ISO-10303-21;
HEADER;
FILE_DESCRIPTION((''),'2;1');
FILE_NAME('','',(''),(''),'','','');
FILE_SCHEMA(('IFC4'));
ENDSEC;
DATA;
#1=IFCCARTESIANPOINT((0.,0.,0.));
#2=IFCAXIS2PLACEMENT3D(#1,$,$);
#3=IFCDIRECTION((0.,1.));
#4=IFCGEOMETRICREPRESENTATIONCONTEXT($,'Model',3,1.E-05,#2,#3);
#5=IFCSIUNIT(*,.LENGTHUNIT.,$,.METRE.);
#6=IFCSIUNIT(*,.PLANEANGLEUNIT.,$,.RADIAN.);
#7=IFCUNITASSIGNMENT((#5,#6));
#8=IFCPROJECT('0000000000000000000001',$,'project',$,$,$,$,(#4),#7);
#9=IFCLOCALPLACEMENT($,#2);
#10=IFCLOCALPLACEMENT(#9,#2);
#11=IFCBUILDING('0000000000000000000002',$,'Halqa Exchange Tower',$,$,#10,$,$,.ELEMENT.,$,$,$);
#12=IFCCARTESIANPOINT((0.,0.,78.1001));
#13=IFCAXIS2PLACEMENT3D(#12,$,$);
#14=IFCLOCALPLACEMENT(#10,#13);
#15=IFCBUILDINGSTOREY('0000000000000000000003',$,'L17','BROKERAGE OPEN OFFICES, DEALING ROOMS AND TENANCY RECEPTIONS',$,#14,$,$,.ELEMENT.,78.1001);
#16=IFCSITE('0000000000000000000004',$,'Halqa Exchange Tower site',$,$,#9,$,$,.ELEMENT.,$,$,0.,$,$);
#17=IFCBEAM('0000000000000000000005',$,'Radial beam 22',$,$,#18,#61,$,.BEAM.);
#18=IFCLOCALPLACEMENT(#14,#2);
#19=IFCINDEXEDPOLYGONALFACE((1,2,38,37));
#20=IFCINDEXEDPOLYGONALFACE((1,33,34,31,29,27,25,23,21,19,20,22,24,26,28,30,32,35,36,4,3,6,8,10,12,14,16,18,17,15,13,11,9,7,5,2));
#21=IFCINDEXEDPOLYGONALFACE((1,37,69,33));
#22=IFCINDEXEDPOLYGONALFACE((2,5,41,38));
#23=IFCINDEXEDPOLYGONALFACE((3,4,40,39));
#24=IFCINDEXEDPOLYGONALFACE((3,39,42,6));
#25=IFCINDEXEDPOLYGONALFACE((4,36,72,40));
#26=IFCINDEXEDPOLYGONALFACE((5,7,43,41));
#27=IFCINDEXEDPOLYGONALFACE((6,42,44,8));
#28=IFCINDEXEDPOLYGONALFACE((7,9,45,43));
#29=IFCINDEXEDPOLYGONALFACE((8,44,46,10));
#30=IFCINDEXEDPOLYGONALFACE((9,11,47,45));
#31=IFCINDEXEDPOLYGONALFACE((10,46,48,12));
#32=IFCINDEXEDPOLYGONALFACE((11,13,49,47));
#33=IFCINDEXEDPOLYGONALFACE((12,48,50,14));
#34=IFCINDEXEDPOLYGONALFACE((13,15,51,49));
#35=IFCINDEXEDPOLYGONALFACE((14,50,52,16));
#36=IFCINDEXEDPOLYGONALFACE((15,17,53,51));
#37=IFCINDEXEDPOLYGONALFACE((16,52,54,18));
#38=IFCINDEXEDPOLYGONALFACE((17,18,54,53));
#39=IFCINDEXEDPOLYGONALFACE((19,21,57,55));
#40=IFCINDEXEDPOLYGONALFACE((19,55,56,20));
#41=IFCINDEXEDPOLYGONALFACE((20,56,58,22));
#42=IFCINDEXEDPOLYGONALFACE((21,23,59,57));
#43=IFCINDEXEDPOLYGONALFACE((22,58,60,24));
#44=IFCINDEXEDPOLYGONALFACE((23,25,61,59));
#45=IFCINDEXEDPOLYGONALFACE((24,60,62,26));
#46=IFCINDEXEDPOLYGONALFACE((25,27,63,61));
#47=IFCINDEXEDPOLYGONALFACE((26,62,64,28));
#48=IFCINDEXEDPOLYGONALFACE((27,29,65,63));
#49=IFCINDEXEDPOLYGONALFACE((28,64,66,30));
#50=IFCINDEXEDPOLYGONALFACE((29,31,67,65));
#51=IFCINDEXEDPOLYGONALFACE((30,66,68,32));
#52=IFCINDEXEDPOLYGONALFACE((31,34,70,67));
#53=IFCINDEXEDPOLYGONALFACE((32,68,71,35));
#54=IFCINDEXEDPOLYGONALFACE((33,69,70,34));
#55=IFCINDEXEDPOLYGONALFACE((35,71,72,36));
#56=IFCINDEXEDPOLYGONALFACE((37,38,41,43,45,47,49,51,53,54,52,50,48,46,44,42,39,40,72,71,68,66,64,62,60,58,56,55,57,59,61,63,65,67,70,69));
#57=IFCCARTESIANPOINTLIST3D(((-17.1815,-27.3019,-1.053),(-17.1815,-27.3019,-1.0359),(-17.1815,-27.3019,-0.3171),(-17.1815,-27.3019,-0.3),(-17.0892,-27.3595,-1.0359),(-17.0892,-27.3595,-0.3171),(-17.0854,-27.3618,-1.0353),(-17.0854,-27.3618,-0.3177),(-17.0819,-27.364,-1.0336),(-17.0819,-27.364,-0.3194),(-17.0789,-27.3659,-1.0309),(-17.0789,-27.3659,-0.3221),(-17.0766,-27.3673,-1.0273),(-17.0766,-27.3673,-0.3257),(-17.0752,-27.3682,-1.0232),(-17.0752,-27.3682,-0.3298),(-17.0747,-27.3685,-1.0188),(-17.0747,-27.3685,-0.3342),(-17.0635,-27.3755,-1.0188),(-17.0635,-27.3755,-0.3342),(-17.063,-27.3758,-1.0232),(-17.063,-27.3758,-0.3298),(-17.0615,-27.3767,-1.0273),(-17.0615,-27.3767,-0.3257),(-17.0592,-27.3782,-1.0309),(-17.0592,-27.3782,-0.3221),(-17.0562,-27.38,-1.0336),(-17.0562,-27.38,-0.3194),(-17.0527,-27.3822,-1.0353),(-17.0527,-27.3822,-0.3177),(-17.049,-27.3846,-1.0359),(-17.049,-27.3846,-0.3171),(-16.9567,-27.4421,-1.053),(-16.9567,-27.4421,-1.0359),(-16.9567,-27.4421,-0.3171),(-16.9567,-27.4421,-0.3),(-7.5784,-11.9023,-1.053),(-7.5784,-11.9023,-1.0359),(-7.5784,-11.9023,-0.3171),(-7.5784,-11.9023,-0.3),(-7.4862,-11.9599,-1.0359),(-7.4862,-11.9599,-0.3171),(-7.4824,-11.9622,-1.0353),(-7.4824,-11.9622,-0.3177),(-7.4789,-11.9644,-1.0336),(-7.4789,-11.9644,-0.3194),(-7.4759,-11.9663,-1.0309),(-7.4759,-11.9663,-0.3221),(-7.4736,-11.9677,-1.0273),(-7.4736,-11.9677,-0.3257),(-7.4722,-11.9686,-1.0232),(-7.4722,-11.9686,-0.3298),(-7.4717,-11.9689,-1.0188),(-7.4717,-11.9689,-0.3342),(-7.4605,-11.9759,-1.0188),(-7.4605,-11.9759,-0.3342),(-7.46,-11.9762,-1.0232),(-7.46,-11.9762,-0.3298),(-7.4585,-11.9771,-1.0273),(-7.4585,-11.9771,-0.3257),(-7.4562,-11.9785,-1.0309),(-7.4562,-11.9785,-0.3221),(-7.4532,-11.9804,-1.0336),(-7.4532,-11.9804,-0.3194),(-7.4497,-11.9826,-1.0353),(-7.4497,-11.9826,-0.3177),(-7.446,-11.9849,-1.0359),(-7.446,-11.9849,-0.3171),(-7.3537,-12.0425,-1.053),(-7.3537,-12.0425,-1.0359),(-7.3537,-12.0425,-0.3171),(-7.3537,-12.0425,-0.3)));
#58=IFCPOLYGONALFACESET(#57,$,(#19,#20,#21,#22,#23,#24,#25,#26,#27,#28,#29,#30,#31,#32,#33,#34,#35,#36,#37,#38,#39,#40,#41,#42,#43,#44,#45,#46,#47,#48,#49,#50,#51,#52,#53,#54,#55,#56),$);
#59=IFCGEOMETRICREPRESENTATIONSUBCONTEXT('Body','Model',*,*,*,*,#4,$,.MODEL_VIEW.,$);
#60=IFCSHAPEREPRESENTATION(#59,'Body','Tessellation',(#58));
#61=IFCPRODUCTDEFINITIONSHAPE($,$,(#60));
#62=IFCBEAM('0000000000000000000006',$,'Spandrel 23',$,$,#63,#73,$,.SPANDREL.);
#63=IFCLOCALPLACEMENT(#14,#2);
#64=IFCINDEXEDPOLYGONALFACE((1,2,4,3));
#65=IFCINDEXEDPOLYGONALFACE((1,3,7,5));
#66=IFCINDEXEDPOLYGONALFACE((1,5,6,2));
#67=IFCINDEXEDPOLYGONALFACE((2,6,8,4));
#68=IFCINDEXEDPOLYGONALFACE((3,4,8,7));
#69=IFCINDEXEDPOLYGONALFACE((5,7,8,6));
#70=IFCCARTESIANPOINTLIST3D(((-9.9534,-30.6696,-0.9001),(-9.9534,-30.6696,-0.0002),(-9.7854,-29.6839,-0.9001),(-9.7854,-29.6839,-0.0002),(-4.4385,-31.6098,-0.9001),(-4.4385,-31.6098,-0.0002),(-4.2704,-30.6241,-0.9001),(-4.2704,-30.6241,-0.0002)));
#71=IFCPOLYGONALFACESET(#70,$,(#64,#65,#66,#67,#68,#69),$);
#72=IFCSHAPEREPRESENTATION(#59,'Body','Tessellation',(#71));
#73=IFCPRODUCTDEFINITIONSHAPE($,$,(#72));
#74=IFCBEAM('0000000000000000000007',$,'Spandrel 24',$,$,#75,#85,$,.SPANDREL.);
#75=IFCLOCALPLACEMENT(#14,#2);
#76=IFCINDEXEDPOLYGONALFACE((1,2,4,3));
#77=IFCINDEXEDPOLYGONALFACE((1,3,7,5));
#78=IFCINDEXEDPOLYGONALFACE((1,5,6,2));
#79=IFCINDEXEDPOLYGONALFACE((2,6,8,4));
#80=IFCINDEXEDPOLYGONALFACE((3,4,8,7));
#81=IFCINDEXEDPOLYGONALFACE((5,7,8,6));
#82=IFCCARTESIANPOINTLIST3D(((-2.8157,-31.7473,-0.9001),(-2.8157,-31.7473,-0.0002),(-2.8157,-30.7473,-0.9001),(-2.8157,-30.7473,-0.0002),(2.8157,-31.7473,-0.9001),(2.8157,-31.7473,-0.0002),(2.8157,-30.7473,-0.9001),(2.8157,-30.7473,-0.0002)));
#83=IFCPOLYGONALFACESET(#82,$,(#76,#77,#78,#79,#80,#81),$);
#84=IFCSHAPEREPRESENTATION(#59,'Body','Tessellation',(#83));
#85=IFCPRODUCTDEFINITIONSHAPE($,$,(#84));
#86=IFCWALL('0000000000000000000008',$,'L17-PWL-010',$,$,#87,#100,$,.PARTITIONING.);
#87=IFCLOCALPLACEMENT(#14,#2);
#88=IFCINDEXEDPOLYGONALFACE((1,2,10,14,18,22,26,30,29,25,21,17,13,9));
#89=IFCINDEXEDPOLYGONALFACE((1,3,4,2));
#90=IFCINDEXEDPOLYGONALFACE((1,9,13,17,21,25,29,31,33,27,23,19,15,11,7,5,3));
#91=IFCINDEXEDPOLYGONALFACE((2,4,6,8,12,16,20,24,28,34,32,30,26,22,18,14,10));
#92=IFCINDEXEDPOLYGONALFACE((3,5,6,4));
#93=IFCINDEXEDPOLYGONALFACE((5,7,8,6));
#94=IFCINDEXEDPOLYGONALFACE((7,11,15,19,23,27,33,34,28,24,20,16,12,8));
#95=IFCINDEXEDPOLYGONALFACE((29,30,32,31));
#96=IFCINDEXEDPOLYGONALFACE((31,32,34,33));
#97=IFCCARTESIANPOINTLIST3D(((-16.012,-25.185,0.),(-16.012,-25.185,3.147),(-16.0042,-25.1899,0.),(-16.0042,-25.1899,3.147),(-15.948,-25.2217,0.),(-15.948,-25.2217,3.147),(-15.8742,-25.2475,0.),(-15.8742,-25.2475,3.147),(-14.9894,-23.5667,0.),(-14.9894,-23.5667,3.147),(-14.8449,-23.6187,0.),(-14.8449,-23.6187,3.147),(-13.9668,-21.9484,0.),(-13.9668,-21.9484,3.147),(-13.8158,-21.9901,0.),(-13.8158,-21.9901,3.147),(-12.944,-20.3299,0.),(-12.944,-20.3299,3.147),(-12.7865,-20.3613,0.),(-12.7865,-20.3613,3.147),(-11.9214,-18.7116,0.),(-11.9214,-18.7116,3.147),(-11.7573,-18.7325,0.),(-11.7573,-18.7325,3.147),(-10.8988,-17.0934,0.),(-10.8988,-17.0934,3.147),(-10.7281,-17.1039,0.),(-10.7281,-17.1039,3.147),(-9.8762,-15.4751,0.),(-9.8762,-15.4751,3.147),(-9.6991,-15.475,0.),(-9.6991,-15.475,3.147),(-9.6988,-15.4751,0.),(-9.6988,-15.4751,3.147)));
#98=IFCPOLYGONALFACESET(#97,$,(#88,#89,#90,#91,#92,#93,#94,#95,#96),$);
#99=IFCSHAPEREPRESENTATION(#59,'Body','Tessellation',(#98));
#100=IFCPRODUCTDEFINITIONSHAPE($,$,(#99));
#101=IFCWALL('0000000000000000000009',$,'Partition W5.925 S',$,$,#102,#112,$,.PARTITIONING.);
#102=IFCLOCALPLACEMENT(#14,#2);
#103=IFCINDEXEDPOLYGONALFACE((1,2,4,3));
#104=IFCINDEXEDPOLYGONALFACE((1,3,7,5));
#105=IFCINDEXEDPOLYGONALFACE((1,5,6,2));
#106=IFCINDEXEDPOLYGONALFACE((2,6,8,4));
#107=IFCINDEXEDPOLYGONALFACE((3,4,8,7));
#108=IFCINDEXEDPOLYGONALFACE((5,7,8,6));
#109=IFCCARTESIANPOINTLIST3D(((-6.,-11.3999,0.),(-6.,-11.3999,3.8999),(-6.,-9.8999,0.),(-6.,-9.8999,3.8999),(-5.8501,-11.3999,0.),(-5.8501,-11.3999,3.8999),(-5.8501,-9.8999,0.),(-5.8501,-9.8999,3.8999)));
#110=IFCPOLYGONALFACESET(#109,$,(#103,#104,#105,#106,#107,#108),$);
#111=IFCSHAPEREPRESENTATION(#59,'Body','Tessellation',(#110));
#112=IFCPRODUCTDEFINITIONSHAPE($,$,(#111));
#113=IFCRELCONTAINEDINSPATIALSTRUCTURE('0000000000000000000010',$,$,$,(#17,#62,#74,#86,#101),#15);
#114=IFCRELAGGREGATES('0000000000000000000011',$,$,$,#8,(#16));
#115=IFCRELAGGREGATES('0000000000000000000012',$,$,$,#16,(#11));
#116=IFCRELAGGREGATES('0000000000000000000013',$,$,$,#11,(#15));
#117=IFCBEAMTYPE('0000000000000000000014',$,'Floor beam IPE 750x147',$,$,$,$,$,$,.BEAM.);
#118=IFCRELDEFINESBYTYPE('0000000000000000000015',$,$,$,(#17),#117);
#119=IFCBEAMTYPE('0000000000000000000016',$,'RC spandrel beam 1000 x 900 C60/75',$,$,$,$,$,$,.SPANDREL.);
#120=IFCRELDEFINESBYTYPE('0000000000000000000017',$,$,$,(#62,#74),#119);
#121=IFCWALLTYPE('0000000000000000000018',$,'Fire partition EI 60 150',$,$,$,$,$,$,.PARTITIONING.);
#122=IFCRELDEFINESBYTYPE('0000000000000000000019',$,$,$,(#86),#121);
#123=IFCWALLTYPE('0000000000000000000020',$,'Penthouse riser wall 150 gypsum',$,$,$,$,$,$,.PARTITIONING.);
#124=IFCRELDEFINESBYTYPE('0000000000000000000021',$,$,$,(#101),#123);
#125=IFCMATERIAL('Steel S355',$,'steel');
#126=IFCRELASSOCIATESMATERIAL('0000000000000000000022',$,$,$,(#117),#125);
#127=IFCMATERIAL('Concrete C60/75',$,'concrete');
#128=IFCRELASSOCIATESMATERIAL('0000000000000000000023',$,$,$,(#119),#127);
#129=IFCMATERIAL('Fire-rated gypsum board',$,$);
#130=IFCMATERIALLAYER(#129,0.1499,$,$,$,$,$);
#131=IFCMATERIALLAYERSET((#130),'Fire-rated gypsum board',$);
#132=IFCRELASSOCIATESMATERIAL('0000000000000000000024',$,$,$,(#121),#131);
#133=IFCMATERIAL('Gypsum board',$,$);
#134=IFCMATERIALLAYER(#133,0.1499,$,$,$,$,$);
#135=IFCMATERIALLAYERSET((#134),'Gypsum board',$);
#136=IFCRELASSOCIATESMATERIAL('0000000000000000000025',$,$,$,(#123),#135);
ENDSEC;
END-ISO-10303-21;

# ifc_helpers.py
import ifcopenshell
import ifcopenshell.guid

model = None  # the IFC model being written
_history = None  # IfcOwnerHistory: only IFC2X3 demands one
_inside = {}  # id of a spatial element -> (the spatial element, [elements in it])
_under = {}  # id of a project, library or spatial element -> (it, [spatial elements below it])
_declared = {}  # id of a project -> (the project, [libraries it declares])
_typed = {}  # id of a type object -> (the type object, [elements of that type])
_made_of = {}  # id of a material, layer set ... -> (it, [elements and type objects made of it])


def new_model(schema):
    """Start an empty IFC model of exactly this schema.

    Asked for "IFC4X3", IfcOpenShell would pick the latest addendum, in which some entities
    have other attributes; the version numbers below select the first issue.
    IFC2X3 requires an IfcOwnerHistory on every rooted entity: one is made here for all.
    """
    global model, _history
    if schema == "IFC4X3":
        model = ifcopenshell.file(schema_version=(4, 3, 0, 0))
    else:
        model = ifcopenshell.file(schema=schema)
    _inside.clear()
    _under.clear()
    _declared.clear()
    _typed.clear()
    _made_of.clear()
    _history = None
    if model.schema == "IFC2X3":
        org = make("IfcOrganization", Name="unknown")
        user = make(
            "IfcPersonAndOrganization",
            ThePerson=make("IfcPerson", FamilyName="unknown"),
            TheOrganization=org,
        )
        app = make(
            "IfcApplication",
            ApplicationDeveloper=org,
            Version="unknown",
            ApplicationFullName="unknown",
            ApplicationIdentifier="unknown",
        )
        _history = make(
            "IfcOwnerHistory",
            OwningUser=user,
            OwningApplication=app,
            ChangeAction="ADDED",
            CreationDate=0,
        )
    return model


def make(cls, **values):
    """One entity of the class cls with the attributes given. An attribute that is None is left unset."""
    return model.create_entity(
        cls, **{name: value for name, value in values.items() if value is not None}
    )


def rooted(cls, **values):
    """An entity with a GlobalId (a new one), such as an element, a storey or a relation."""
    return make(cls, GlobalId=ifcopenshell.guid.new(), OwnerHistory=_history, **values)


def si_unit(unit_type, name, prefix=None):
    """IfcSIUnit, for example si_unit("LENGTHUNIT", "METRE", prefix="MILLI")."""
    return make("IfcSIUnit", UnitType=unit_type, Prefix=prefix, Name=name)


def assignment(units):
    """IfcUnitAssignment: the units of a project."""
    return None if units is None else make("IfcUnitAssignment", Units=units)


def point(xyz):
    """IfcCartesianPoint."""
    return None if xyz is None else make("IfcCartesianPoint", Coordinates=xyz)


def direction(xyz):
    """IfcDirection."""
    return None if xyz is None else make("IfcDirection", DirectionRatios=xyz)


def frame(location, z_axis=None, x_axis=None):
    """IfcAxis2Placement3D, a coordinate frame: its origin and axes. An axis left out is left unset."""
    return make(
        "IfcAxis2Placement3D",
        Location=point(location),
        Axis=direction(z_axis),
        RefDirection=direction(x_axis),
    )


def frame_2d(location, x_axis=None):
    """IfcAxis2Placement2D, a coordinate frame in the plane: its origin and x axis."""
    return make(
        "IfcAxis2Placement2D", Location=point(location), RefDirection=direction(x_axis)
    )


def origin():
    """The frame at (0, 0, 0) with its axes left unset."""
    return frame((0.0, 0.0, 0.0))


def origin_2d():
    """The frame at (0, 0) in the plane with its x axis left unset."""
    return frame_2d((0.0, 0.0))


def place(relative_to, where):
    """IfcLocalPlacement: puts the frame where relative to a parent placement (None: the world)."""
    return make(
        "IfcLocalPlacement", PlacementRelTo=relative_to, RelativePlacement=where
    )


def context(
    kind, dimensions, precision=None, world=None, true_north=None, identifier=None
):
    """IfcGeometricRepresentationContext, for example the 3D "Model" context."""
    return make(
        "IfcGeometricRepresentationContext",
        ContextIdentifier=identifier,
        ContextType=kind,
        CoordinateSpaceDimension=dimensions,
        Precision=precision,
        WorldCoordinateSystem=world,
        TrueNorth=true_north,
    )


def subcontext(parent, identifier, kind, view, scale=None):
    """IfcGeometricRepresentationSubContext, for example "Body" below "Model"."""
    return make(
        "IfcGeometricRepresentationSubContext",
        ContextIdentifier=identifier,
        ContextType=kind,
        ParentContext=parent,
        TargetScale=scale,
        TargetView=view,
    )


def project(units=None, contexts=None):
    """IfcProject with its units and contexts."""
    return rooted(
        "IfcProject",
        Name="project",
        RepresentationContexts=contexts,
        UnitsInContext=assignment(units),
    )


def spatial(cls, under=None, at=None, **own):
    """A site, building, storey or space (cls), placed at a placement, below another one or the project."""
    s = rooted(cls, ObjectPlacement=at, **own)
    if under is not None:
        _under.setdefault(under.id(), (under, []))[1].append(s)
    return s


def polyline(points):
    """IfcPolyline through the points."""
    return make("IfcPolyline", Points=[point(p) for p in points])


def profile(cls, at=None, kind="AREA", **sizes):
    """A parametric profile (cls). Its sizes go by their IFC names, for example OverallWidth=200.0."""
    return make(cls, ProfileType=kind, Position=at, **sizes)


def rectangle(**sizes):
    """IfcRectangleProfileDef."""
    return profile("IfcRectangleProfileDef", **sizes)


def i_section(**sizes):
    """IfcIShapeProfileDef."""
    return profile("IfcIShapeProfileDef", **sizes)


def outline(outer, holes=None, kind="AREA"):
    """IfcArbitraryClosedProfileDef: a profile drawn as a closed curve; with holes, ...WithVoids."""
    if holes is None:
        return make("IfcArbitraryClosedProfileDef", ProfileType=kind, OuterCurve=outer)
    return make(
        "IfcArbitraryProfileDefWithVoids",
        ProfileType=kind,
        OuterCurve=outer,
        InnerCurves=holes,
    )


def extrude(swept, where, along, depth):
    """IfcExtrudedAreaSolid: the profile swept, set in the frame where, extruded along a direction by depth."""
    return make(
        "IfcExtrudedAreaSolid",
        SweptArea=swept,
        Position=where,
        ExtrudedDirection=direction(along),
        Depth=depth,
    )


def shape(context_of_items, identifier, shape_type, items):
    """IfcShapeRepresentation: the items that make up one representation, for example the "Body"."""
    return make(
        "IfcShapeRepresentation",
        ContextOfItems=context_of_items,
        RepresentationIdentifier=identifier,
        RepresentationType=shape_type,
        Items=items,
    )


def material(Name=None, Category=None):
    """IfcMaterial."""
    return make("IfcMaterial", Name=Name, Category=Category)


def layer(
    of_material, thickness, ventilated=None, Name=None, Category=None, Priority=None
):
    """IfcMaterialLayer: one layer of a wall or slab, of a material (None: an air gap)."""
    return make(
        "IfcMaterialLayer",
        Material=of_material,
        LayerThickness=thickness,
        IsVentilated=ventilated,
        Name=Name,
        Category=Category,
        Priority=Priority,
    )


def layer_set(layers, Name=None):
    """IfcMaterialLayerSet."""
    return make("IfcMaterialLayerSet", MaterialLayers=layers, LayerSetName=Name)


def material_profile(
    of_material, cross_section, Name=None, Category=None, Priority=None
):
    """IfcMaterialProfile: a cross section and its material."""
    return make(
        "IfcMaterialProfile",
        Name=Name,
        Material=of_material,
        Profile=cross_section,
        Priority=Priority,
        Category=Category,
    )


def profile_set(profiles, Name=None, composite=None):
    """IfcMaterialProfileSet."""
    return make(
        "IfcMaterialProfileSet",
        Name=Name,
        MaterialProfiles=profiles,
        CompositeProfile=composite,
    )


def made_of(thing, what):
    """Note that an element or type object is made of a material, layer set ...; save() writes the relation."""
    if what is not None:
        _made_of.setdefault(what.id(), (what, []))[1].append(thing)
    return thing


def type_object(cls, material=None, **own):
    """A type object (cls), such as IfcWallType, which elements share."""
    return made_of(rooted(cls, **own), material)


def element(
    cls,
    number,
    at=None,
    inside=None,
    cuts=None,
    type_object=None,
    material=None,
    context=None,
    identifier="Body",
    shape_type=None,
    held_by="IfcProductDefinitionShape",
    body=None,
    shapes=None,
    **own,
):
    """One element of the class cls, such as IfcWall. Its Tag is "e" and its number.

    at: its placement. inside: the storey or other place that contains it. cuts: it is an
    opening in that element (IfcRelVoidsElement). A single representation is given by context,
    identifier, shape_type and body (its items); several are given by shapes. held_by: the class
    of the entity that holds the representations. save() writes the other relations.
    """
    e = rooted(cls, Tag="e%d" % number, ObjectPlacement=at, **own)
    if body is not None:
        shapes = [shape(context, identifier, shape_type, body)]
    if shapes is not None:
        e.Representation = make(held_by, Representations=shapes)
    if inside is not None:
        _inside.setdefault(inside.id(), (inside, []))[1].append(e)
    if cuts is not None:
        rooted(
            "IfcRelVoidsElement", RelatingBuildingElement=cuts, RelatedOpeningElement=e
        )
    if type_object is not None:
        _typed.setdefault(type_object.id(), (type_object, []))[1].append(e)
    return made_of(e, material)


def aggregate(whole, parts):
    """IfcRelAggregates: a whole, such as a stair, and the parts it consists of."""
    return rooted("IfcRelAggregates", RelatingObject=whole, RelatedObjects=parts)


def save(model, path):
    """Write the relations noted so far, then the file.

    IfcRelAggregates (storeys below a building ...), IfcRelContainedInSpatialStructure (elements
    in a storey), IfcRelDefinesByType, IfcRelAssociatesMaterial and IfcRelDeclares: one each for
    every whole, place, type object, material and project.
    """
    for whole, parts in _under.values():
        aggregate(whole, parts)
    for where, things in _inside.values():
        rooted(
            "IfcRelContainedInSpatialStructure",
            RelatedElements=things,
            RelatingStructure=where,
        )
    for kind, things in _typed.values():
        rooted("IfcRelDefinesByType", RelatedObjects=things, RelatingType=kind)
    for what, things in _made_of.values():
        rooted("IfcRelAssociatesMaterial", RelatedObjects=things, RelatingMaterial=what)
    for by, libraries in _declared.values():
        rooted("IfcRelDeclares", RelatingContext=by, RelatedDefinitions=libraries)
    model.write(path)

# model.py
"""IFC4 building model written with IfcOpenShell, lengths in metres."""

from ifc_helpers import new_model, si_unit, direction, frame, frame_2d, origin, origin_2d, place, context, subcontext, project, spatial, polyline, rectangle, i_section, outline, extrude, material, layer, layer_set, material_profile, profile_set, type_object, element, save


model = new_model("IFC4")

# Units and contexts
model_context = context("Model", 3, precision=1e-05, world=origin(), true_north=direction((0.0, 1.0)))
body_context = subcontext(model_context, "Body", "Model", "MODEL_VIEW")
ifc_project = project(units=[si_unit("LENGTHUNIT", "METRE"), si_unit("PLANEANGLEUNIT", "RADIAN")], contexts=[model_context])

# Site, building, storey
site_placement = place(None, origin())
site = spatial("IfcSite", under=ifc_project, at=site_placement, Name="Halqa Exchange Tower site", CompositionType="ELEMENT", RefElevation=0.0)
building_placement = place(site_placement, origin())
building = spatial("IfcBuilding", under=site, at=building_placement, Name="Halqa Exchange Tower", CompositionType="ELEMENT")
storey_placement = place(building_placement, frame((0.0, 0.0, 78.1001)))
storey = spatial("IfcBuildingStorey", under=building, at=storey_placement, Name="L17", Description="BROKERAGE OPEN OFFICES, DEALING ROOMS AND TENANCY RECEPTIONS", CompositionType="ELEMENT", Elevation=78.1001)

# Beams
ifc_material_1 = material(Name="Steel S355", Category="steel")
ifc_material_profile_1 = material_profile(ifc_material_1, i_section(OverallWidth=0.2649, OverallDepth=0.7529, WebThickness=0.0132, FlangeThickness=0.0171, FilletRadius=0.0171, at=origin_2d()), Name="IPE 750x147")
ifc_profile_set_1 = profile_set([ifc_material_profile_1], Name="Steel S355")
beam_type_1 = type_object("IfcBeamType", Name="Floor beam IPE 750x147", PredefinedType="BEAM", material=ifc_profile_set_1)
beam_1_placement = place(storey_placement, frame((-7.4661, -11.9724, -0.6765), z_axis=(-0.529137, -0.848537, 0.0), x_axis=(0.848537, -0.529137, 0.0)))
element("IfcBeam", 1, at=beam_1_placement, inside=storey, type_object=beam_type_1, Name="Radial beam 22", PredefinedType="BEAM", context=body_context, shape_type="SweptSolid", body=[
    extrude(i_section(OverallWidth=0.2649, OverallDepth=0.7529, WebThickness=0.0132, FlangeThickness=0.0171, FilletRadius=0.0171, at=origin_2d()), origin(), (0.0, 0.0, 1.0), 18.1484),
])
ifc_material_2 = material(Name="Concrete C60/75", Category="concrete")
ifc_material_profile_2 = material_profile(ifc_material_2, rectangle(XDim=1.0, YDim=0.8999, at=origin_2d()), Name="1000 x 900")
ifc_profile_set_2 = profile_set([ifc_material_profile_2], Name="Concrete C60/75")
beam_type_2 = type_object("IfcBeamType", Name="RC spandrel beam 1000 x 900 C60/75", PredefinedType="SPANDREL", material=ifc_profile_set_2)
beam_2_placement = place(storey_placement, frame((-9.8694, -30.1768, -0.4502), z_axis=(0.985777, -0.168057, 0.0), x_axis=(0.168057, 0.985777, 0.0)))
element("IfcBeam", 2, at=beam_2_placement, inside=storey, type_object=beam_type_2, Name="Spandrel 23", PredefinedType="SPANDREL", context=body_context, shape_type="SweptSolid", body=[
    extrude(rectangle(XDim=1.0, YDim=0.8999, at=origin_2d()), origin(), (0.0, 0.0, 1.0), 5.5945),
])
beam_3_placement = place(storey_placement, frame((-2.8157, -31.2473, -0.4502), z_axis=(1.0, 0.0, 0.0), x_axis=(0.0, 1.0, 0.0)))
element("IfcBeam", 3, at=beam_3_placement, inside=storey, type_object=beam_type_2, Name="Spandrel 24", PredefinedType="SPANDREL", context=body_context, shape_type="SweptSolid", body=[
    extrude(rectangle(XDim=1.0, YDim=0.8999, at=origin_2d()), origin(), (0.0, 0.0, 1.0), 5.6313),
])

# Walls
ifc_material_3 = material(Name="Fire-rated gypsum board")
ifc_layer_1 = layer(ifc_material_3, 0.1499)
ifc_layer_set_1 = layer_set([ifc_layer_1], Name="Fire-rated gypsum board")
wall_type_1 = type_object("IfcWallType", Name="Fire partition EI 60 150", PredefinedType="PARTITIONING", material=ifc_layer_set_1)
wall_1_placement = place(storey_placement, frame((-9.7622, -15.4351, 0.0), z_axis=(0.0, 0.0, 1.0), x_axis=(-0.534199, -0.845359, 0.0)))
element("IfcWall", 4, at=wall_1_placement, inside=storey, type_object=wall_type_1, Name="L17-PWL-010", PredefinedType="PARTITIONING", context=body_context, shape_type="SweptSolid", body=[
    extrude(outline(polyline([(11.5808, -0.075), (11.5808, -0.0657), (11.5776, -0.0012), (11.5601, 0.075), (9.6333, 0.075), (7.7068, 0.075), (5.78, 0.075), (3.8533, 0.075), (1.9268, 0.075), (0.0, 0.075), (0.0, 0.0747), (0.0947, -0.075), (2.009, -0.075), (3.9233, -0.075), (5.8376, -0.075), (7.7522, -0.075), (9.6665, -0.075), (11.5808, -0.075)])), origin(), (0.0, 0.0, 1.0), 3.147),
])
ifc_material_4 = material(Name="Gypsum board")
ifc_layer_2 = layer(ifc_material_4, 0.1499)
ifc_layer_set_2 = layer_set([ifc_layer_2], Name="Gypsum board")
wall_type_2 = type_object("IfcWallType", Name="Penthouse riser wall 150 gypsum", PredefinedType="PARTITIONING", material=ifc_layer_set_2)
wall_2_placement = place(storey_placement, frame((-5.925, -11.3999, 0.0), z_axis=(0.0, 0.0, 1.0), x_axis=(0.0, 1.0, 0.0)))
element("IfcWall", 5, at=wall_2_placement, inside=storey, type_object=wall_type_2, Name="Partition W5.925 S", PredefinedType="PARTITIONING", context=body_context, shape_type="SweptSolid", body=[
    extrude(rectangle(XDim=1.5, YDim=0.1499, at=frame_2d((0.75, 0.0))), origin(), (0.0, 0.0, 1.0), 3.8999),
])

save(model, "model.ifc")
